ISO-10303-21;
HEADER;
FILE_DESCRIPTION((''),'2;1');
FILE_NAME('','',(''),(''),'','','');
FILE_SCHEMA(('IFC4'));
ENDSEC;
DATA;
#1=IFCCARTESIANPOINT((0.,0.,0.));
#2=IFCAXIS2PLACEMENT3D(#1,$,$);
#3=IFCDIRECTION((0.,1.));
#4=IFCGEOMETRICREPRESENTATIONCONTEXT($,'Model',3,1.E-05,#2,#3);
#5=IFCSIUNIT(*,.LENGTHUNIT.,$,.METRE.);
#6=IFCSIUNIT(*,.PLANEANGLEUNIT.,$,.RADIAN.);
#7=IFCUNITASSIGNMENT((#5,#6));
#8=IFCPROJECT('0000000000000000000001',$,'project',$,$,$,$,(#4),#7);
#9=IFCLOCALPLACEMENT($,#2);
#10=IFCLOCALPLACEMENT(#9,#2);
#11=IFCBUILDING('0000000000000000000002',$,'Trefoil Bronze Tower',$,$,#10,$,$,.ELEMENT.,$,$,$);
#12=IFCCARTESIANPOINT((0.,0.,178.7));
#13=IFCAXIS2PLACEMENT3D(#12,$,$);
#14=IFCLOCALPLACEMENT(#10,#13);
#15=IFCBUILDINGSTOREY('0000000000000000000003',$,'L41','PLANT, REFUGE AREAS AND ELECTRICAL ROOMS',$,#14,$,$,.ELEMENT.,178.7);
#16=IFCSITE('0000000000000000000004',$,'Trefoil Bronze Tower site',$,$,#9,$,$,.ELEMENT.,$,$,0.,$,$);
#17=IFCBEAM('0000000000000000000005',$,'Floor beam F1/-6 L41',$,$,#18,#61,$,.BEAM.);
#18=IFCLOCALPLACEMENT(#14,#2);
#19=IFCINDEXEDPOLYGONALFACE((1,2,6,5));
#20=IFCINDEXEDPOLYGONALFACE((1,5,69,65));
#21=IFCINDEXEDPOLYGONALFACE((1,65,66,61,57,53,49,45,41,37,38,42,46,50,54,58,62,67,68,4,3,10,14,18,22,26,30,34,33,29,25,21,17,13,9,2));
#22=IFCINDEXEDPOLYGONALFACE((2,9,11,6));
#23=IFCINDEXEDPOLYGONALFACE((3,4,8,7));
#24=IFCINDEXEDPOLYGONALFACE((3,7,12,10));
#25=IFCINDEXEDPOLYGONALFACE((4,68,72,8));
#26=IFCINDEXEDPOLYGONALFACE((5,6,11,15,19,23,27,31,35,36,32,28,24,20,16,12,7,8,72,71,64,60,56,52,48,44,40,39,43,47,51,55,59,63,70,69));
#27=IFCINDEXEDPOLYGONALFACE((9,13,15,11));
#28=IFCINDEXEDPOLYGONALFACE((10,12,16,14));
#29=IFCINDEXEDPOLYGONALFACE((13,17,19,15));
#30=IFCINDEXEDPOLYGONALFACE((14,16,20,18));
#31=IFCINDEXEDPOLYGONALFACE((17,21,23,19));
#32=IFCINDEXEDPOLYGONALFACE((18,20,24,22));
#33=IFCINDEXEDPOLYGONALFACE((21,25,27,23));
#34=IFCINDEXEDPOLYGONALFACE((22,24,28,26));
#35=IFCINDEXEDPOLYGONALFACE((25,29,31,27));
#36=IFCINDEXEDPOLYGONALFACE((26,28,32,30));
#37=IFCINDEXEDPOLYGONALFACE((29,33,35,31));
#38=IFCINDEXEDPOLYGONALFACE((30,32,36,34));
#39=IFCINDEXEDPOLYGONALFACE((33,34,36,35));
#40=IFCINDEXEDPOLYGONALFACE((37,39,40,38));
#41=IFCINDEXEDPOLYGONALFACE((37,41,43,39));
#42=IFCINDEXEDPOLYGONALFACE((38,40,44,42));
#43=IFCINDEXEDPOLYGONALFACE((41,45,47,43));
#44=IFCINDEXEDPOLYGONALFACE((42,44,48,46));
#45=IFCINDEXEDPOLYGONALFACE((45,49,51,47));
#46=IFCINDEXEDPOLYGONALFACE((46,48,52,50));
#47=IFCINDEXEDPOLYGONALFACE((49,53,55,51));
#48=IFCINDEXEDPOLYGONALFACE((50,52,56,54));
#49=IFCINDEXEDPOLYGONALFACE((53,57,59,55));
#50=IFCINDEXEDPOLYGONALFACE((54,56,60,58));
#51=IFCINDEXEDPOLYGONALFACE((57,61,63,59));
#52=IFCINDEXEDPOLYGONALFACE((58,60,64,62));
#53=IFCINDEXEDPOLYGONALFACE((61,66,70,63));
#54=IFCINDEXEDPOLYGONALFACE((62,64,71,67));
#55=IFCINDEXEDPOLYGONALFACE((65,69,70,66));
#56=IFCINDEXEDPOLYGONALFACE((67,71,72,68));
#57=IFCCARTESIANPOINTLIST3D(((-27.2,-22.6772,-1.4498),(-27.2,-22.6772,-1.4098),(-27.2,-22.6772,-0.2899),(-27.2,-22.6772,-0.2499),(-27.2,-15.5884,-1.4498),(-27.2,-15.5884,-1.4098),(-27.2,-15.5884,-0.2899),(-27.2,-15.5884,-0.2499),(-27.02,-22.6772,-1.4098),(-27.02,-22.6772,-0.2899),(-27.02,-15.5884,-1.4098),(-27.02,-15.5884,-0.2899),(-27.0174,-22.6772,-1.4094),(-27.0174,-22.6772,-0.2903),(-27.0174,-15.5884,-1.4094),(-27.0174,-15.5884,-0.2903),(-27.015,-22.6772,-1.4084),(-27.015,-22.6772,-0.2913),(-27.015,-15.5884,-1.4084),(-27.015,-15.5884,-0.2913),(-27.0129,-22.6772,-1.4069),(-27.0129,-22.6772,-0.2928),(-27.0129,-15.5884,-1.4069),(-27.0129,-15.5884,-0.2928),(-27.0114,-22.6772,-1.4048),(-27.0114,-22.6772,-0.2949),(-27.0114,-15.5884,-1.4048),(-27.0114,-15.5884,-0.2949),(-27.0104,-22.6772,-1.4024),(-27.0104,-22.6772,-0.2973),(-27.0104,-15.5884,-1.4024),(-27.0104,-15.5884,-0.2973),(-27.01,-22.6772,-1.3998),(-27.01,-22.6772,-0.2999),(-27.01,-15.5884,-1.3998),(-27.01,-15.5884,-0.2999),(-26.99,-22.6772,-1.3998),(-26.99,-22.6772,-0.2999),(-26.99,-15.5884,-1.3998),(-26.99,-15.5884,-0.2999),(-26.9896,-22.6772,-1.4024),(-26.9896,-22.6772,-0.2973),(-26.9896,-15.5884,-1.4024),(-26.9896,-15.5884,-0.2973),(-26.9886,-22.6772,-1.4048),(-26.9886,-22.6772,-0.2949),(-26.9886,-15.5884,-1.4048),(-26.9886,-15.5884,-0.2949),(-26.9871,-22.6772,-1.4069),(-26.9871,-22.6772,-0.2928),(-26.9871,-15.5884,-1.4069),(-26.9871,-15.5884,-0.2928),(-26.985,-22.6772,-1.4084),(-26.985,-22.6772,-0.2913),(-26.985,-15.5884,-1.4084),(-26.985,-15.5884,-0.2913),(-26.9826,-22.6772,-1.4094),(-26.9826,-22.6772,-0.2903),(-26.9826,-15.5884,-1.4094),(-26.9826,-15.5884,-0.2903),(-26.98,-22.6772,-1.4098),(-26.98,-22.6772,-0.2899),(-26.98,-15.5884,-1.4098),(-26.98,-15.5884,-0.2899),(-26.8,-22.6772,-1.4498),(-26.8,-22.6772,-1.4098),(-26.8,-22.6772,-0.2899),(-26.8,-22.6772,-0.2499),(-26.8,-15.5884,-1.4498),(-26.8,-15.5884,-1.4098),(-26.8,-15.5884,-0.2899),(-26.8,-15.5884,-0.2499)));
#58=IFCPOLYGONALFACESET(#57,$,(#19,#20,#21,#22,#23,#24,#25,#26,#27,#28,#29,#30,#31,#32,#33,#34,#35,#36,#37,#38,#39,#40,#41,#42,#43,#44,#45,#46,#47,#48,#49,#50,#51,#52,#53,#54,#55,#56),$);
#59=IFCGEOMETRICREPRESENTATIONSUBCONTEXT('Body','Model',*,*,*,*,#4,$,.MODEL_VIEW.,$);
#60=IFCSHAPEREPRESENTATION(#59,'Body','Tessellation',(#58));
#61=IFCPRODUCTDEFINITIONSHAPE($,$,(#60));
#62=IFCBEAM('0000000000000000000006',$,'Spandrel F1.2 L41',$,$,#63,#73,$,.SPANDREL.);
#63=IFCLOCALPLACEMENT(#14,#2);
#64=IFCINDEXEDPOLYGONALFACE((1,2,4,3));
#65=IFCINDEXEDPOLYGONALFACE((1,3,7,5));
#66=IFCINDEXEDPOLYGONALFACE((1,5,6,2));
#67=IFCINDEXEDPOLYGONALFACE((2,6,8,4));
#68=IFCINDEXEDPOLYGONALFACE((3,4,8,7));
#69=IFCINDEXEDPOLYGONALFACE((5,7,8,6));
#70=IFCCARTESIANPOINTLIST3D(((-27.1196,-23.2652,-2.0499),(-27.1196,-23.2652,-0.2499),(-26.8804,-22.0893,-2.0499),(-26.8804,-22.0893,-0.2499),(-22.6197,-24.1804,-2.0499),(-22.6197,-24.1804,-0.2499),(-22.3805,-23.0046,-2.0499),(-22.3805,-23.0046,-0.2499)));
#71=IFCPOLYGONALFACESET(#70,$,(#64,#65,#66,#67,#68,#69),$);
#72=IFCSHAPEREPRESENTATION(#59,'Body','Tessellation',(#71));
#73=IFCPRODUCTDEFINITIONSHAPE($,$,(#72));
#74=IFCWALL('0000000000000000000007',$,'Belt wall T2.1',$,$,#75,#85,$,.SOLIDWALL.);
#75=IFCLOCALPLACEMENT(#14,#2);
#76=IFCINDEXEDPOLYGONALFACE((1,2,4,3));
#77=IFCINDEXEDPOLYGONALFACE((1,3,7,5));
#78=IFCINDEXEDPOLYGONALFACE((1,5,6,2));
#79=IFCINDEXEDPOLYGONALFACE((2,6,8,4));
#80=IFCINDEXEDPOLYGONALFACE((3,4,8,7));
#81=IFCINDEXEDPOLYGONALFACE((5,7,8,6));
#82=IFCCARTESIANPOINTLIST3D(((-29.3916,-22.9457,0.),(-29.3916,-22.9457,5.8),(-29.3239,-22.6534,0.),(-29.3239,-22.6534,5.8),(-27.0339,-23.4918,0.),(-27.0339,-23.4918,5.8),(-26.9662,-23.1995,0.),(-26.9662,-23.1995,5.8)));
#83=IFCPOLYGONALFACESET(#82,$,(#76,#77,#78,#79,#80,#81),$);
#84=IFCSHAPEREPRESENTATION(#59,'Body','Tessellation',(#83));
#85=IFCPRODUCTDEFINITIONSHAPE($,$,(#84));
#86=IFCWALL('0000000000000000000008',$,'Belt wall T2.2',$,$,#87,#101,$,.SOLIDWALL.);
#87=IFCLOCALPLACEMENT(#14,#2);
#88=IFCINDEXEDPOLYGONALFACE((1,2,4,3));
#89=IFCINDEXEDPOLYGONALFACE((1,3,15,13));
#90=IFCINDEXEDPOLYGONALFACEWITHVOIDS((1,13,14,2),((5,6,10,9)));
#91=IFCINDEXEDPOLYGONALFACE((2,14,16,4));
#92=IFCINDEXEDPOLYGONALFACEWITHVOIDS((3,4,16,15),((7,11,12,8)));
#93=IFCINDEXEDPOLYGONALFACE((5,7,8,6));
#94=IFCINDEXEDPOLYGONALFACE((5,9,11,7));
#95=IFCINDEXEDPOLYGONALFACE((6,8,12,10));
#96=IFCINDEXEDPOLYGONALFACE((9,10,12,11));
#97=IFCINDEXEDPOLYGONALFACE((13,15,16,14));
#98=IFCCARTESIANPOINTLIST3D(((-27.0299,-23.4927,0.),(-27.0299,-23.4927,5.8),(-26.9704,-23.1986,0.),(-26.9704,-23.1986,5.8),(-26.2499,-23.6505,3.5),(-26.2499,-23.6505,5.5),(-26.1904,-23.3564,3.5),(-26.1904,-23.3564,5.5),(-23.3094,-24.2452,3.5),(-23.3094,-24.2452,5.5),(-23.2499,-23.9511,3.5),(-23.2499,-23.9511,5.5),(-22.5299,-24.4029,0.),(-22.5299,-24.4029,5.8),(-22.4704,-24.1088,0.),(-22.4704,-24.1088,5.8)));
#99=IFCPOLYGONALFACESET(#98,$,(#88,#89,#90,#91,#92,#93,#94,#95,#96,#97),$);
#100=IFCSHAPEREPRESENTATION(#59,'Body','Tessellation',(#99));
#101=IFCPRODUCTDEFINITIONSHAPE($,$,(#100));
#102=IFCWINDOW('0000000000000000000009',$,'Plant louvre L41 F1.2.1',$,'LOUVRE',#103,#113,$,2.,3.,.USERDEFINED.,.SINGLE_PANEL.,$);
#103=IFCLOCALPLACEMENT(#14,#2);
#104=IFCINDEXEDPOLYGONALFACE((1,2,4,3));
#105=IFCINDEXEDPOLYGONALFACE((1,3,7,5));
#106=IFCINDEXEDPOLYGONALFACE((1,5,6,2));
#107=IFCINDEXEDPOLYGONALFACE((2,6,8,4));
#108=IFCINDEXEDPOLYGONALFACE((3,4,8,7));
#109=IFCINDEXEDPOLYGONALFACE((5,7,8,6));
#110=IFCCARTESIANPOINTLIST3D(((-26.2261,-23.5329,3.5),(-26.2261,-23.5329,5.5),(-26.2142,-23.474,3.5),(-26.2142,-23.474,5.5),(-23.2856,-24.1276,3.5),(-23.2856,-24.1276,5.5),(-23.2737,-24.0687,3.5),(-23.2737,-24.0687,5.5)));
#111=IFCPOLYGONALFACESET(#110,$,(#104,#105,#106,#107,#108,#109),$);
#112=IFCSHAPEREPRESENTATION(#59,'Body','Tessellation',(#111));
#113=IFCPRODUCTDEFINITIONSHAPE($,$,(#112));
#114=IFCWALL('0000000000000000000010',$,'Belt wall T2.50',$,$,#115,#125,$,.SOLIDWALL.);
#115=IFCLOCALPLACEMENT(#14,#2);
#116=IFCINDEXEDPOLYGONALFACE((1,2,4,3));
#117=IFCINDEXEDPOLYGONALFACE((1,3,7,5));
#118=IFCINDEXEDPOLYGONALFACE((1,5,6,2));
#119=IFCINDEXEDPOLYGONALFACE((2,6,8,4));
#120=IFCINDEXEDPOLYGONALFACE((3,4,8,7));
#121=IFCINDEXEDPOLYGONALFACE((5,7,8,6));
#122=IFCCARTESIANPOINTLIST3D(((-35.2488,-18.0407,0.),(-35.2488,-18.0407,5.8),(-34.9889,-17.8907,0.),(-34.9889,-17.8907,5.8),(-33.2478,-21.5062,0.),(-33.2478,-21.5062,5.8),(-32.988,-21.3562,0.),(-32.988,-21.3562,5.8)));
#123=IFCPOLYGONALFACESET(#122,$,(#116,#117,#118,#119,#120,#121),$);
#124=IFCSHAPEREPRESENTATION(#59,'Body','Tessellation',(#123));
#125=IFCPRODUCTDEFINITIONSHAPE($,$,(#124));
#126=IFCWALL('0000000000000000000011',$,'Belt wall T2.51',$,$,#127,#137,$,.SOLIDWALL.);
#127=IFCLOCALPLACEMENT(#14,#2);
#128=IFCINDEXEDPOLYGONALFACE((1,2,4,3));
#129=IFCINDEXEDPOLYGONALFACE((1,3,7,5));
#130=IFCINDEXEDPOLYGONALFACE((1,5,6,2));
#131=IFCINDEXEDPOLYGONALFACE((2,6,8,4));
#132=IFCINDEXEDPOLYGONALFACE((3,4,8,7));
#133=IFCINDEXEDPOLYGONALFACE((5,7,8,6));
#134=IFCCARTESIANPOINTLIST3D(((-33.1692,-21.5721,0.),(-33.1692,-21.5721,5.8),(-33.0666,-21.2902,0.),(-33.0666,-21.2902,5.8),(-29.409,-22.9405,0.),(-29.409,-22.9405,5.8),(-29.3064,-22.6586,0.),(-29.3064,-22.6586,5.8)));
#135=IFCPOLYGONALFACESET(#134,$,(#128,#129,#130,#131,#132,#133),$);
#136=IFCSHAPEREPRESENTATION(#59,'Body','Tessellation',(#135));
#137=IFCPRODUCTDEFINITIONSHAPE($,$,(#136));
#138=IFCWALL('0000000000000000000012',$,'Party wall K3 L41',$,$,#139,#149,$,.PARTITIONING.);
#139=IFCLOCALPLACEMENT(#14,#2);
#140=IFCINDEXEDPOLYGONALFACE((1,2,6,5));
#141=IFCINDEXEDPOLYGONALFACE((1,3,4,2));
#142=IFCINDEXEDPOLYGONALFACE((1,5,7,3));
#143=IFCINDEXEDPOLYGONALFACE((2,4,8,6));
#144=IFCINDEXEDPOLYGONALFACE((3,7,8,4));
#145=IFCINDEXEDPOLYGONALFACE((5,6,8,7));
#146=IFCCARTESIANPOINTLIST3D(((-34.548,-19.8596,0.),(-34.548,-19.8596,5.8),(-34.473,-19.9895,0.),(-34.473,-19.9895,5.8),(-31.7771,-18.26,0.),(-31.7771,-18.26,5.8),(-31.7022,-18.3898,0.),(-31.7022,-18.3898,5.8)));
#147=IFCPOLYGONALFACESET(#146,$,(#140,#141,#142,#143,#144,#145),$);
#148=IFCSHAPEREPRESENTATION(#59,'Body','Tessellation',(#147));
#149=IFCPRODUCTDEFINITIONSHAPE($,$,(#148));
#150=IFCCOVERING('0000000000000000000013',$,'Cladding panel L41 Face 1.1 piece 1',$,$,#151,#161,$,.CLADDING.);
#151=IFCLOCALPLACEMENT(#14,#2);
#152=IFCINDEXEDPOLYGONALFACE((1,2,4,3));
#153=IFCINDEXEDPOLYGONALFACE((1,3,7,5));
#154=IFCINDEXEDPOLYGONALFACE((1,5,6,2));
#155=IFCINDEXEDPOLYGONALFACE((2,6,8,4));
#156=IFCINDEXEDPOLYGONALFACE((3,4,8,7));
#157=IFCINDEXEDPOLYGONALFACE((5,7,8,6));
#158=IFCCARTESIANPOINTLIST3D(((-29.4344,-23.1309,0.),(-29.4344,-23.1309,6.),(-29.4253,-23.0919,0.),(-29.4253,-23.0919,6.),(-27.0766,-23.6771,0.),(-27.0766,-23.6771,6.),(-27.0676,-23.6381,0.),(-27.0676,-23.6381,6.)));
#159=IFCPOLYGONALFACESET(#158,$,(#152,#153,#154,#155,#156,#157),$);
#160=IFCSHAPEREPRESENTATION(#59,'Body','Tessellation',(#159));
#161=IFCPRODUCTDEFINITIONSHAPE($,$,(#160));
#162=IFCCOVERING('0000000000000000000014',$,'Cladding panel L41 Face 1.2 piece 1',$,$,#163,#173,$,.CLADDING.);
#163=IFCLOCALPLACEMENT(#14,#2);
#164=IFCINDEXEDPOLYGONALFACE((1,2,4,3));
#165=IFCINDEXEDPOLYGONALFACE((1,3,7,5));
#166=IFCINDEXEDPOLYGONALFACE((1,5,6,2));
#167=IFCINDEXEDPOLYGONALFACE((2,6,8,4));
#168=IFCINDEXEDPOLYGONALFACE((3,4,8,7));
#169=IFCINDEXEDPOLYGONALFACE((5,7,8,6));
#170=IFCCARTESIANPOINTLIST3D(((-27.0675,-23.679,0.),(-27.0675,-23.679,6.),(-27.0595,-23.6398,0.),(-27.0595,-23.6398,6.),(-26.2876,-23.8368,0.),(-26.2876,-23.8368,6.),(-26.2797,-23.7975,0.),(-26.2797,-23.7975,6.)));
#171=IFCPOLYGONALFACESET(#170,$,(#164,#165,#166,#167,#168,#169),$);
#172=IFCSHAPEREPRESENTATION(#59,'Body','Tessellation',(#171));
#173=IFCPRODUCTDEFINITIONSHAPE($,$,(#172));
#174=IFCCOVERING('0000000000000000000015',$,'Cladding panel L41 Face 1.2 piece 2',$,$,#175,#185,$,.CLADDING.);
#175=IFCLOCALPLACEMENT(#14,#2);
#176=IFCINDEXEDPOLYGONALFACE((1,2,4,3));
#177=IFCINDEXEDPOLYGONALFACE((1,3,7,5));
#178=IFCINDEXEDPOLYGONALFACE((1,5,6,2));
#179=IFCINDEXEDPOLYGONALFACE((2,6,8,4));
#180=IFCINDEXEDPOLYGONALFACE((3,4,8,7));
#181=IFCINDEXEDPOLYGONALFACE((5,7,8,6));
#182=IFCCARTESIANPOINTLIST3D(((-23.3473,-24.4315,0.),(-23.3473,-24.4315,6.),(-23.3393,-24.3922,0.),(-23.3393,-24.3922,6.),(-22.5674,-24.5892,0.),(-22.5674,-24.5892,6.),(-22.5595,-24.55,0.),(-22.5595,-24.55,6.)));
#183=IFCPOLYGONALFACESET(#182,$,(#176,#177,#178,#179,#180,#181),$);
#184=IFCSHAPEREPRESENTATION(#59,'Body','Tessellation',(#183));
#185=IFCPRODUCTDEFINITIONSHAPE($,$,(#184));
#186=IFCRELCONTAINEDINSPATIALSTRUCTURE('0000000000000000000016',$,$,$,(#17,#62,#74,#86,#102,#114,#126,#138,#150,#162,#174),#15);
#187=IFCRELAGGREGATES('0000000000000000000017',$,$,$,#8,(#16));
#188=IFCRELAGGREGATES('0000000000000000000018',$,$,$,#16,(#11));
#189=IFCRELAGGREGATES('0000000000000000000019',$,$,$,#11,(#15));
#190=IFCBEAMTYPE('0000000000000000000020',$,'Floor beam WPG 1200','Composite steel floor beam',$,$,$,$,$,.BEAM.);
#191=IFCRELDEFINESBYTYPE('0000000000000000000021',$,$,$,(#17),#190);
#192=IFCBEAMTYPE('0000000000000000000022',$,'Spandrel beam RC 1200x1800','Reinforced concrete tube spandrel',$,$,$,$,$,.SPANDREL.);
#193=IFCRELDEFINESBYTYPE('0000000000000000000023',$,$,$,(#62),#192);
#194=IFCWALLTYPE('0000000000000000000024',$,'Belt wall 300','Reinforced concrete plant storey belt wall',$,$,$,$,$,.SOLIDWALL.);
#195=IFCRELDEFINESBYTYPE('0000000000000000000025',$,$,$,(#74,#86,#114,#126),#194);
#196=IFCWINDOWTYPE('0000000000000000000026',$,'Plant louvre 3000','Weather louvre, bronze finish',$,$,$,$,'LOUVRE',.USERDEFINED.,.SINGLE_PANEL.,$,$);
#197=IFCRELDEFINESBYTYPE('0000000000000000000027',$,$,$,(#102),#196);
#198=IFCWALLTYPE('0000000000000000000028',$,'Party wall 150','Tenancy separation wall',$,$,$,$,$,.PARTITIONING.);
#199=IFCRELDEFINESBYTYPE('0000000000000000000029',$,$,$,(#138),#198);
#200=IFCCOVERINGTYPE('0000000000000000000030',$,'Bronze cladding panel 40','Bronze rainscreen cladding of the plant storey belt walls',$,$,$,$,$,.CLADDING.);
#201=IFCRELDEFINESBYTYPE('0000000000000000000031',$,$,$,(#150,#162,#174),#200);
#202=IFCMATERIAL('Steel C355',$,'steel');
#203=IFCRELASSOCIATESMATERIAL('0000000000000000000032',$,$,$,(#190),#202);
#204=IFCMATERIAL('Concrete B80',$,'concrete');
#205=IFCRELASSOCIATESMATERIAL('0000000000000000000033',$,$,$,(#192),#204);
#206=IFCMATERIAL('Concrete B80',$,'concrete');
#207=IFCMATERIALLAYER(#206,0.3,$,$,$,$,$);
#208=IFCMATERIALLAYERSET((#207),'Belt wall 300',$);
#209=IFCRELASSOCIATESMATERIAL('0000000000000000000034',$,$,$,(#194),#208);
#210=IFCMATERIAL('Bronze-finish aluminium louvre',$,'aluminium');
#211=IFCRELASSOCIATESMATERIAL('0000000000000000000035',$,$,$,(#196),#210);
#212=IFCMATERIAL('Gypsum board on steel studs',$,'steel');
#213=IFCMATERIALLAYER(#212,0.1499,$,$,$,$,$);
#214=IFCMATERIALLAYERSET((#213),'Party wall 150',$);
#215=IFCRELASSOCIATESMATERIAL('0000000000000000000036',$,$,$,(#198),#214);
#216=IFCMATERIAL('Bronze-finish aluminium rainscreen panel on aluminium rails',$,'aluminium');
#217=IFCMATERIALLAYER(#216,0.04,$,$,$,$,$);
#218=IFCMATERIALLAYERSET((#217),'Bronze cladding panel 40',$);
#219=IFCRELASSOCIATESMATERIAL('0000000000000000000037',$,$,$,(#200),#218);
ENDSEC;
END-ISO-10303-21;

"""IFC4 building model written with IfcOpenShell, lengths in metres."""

from ifc_helpers import new_model, si_unit, direction, frame, frame_2d, origin, origin_2d, place, context, subcontext, project, spatial, rectangle, i_section, extrude, material, layer, layer_set, material_profile, profile_set, type_object, element, fill, save


model = new_model("IFC4")

# Units and contexts
model_context = context("Model", 3, precision=1e-05, world=origin(), true_north=direction((0.0, 1.0)))
body_context = subcontext(model_context, "Body", "Model", "MODEL_VIEW")
ifc_project = project(units=[si_unit("LENGTHUNIT", "METRE"), si_unit("PLANEANGLEUNIT", "RADIAN")], contexts=[model_context])

# Site, building, storey
site_placement = place(None, origin())
site = spatial("IfcSite", under=ifc_project, at=site_placement, Name="Trefoil Bronze Tower site", CompositionType="ELEMENT", RefElevation=0.0)
building_placement = place(site_placement, origin())
building = spatial("IfcBuilding", under=site, at=building_placement, Name="Trefoil Bronze Tower", CompositionType="ELEMENT")
storey_placement = place(building_placement, frame((0.0, 0.0, 178.7)))
storey = spatial("IfcBuildingStorey", under=building, at=storey_placement, Name="L41", Description="PLANT, REFUGE AREAS AND ELECTRICAL ROOMS", CompositionType="ELEMENT", Elevation=178.7)

# Beams
ifc_material_1 = material(Name="Steel C355", Category="steel")
ifc_material_profile_1 = material_profile(ifc_material_1, i_section(OverallWidth=0.3999, OverallDepth=1.2, WebThickness=0.02, FlangeThickness=0.04, FilletRadius=0.01, at=origin_2d()), Name="WPG 1200")
ifc_profile_set_1 = profile_set([ifc_material_profile_1], Name="Steel C355")
beam_type_1 = type_object("IfcBeamType", Name="Floor beam WPG 1200", Description="Composite steel floor beam", PredefinedType="BEAM", material=ifc_profile_set_1)
beam_1_placement = place(storey_placement, frame((-27.0, -22.6772, -0.8499), z_axis=(0.0, 1.0, 0.0), x_axis=(-1.0, 0.0, 0.0)))
element("IfcBeam", 1, at=beam_1_placement, inside=storey, type_object=beam_type_1, Name="Floor beam F1/-6 L41", PredefinedType="BEAM", context=body_context, shape_type="SweptSolid", body=[
    extrude(i_section(OverallWidth=0.3999, OverallDepth=1.2, WebThickness=0.02, FlangeThickness=0.04, FilletRadius=0.01, at=origin_2d()), origin(), (0.0, 0.0, 1.0), 7.0889),
])
ifc_material_2 = material(Name="Concrete B80", Category="concrete")
ifc_material_profile_2 = material_profile(ifc_material_2, rectangle(XDim=1.2, YDim=1.8, at=origin_2d()), Name="RC 1200x1800")
ifc_profile_set_2 = profile_set([ifc_material_profile_2], Name="Concrete B80")
beam_type_2 = type_object("IfcBeamType", Name="Spandrel beam RC 1200x1800", Description="Reinforced concrete tube spandrel", PredefinedType="SPANDREL", material=ifc_profile_set_2)
beam_2_placement = place(storey_placement, frame((-27.0, -22.6772, -1.1499), z_axis=(0.979935, -0.199315, 0.0), x_axis=(0.199315, 0.979935, 0.0)))
element("IfcBeam", 2, at=beam_2_placement, inside=storey, type_object=beam_type_2, Name="Spandrel F1.2 L41", PredefinedType="SPANDREL", context=body_context, shape_type="SweptSolid", body=[
    extrude(rectangle(XDim=1.2, YDim=1.8, at=origin_2d()), origin(), (0.0, 0.0, 1.0), 4.592),
])

# Wall
ifc_material_3 = material(Name="Concrete B80", Category="concrete")
ifc_layer_1 = layer(ifc_material_3, 0.3)
ifc_layer_set_1 = layer_set([ifc_layer_1], Name="Belt wall 300")
wall_type_1 = type_object("IfcWallType", Name="Belt wall 300", Description="Reinforced concrete plant storey belt wall", PredefinedType="SOLIDWALL", material=ifc_layer_set_1)
wall_1_placement = place(storey_placement, frame((-29.3577, -22.7996, 0.0), z_axis=(0.0, 0.0, 1.0), x_axis=(0.974204, -0.22567, 0.0)))
element("IfcWall", 3, at=wall_1_placement, inside=storey, type_object=wall_type_1, Name="Belt wall T2.1", PredefinedType="SOLIDWALL", context=body_context, shape_type="SweptSolid", body=[
    extrude(rectangle(XDim=2.4202, YDim=0.3, at=frame_2d((1.21, 0.0))), origin(), (0.0, 0.0, 1.0), 5.8),
])

# Wall, opening, window
wall_2_placement = place(storey_placement, frame((-27.0, -23.3457, 0.0), z_axis=(0.0, 0.0, 1.0), x_axis=(0.980153, -0.198243, 0.0)))
wall_2 = element("IfcWall", 4, at=wall_2_placement, inside=storey, type_object=wall_type_1, Name="Belt wall T2.2", PredefinedType="SOLIDWALL", context=body_context, shape_type="SweptSolid", body=[
    extrude(rectangle(XDim=4.5911, YDim=0.3, at=frame_2d((2.2954, 0.0))), origin(), (0.0, 0.0, 1.0), 5.8),
])
opening_placement = place(wall_2_placement, frame((0.7957, 0.0, 3.5)))
opening = element("IfcOpeningElement", 5, at=opening_placement, cuts=wall_2, PredefinedType="OPENING", context=body_context, shape_type="SweptSolid", body=[
    extrude(rectangle(XDim=3.0, YDim=2.0, at=frame_2d((1.5, 1.0))), frame((0.0, 0.1599, 0.0), z_axis=(0.0, -1.0, 0.0), x_axis=(1.0, 0.0, 0.0)), (0.0, 0.0, 1.0), 0.3201),
])
ifc_material_4 = material(Name="Bronze-finish aluminium louvre", Category="aluminium")
window_type = type_object("IfcWindowType", Name="Plant louvre 3000", Description="Weather louvre, bronze finish", ElementType="LOUVRE", PartitioningType="SINGLE_PANEL", PredefinedType="USERDEFINED", material=ifc_material_4)
window_placement = place(opening_placement, origin())
window = element("IfcWindow", 6, at=window_placement, inside=storey, type_object=window_type, Name="Plant louvre L41 F1.2.1", ObjectType="LOUVRE", OverallHeight=2.0, OverallWidth=3.0, PartitioningType="SINGLE_PANEL", PredefinedType="USERDEFINED", context=body_context, shape_type="SweptSolid", body=[
    extrude(rectangle(XDim=3.0, YDim=2.0, at=frame_2d((1.5, 1.0))), frame((0.0, 0.03, 0.0), z_axis=(0.0, -1.0, 0.0), x_axis=(1.0, 0.0, 0.0)), (0.0, 0.0, 1.0), 0.0601),
])
fill(opening, window)

# Walls
wall_3_placement = place(storey_placement, frame((-35.1189, -17.9656, 0.0), z_axis=(0.0, 0.0, 1.0), x_axis=(0.500023, -0.866012, 0.0)))
element("IfcWall", 7, at=wall_3_placement, inside=storey, type_object=wall_type_1, Name="Belt wall T2.50", PredefinedType="SOLIDWALL", context=body_context, shape_type="SweptSolid", body=[
    extrude(rectangle(XDim=4.0017, YDim=0.3, at=frame_2d((2.001, 0.0))), origin(), (0.0, 0.0, 1.0), 5.8),
])
wall_4_placement = place(storey_placement, frame((-33.1179, -21.4312, 0.0), z_axis=(0.0, 0.0, 1.0), x_axis=(0.93971, -0.341973, 0.0)))
element("IfcWall", 8, at=wall_4_placement, inside=storey, type_object=wall_type_1, Name="Belt wall T2.51", PredefinedType="SOLIDWALL", context=body_context, shape_type="SweptSolid", body=[
    extrude(rectangle(XDim=4.0015, YDim=0.3, at=frame_2d((2.0007, 0.0))), origin(), (0.0, 0.0, 1.0), 5.8),
])
ifc_material_5 = material(Name="Gypsum board on steel studs", Category="steel")
ifc_layer_2 = layer(ifc_material_5, 0.1499)
ifc_layer_set_2 = layer_set([ifc_layer_2], Name="Party wall 150")
wall_type_2 = type_object("IfcWallType", Name="Party wall 150", Description="Tenancy separation wall", PredefinedType="PARTITIONING", material=ifc_layer_set_2)
wall_5_placement = place(storey_placement, frame((-31.7397, -18.325, 0.0), z_axis=(0.0, 0.0, 1.0), x_axis=(-0.866037, -0.49998, 0.0)))
element("IfcWall", 9, at=wall_5_placement, inside=storey, type_object=wall_type_2, Name="Party wall K3 L41", PredefinedType="PARTITIONING", context=body_context, shape_type="SweptSolid", body=[
    extrude(rectangle(XDim=3.1995, YDim=0.1499, at=frame_2d((1.5996, 0.0))), origin(), (0.0, 0.0, 1.0), 5.8),
])

# Coverings
ifc_material_6 = material(Name="Bronze-finish aluminium rainscreen panel on aluminium rails", Category="aluminium")
ifc_layer_3 = layer(ifc_material_6, 0.04)
ifc_layer_set_3 = layer_set([ifc_layer_3], Name="Bronze cladding panel 40")
covering_type_1 = type_object("IfcCoveringType", Name="Bronze cladding panel 40", Description="Bronze rainscreen cladding of the plant storey belt walls", PredefinedType="CLADDING", material=ifc_layer_set_3)
covering_1_placement = place(storey_placement, frame((-28.251, -23.3845, 0.0), z_axis=(0.0, 0.0, 1.0), x_axis=(0.974204, -0.225667, 0.0)))
element("IfcCovering", 10, at=covering_1_placement, inside=storey, type_object=covering_type_1, Name="Cladding panel L41 Face 1.1 piece 1", PredefinedType="CLADDING", context=body_context, shape_type="SweptSolid", body=[
    extrude(rectangle(XDim=2.4202, YDim=0.04, at=origin_2d()), origin(), (0.0, 0.0, 1.0), 6.0),
])
for number, where, z_axis, x_axis, name in (
    (11, (-26.6736, -23.7383, 0.0), (0.0, 0.0, 1.0), (0.980155, -0.198232, 0.0), "Cladding panel L41 Face 1.2 piece 1"),
    (12, (-22.9534, -24.4907, 0.0), (0.0, 0.0, 1.0), (0.980155, -0.198232, 0.0), "Cladding panel L41 Face 1.2 piece 2"),
):
    element("IfcCovering", number, at=place(storey_placement, frame(where, z_axis=z_axis, x_axis=x_axis)), inside=storey, type_object=covering_type_1, Name=name, PredefinedType="CLADDING", context=body_context, shape_type="SweptSolid", body=[
        extrude(rectangle(XDim=0.7957, YDim=0.04, at=origin_2d()), origin(), (0.0, 0.0, 1.0), 6.0),
    ])

save(model, "model.ifc")
